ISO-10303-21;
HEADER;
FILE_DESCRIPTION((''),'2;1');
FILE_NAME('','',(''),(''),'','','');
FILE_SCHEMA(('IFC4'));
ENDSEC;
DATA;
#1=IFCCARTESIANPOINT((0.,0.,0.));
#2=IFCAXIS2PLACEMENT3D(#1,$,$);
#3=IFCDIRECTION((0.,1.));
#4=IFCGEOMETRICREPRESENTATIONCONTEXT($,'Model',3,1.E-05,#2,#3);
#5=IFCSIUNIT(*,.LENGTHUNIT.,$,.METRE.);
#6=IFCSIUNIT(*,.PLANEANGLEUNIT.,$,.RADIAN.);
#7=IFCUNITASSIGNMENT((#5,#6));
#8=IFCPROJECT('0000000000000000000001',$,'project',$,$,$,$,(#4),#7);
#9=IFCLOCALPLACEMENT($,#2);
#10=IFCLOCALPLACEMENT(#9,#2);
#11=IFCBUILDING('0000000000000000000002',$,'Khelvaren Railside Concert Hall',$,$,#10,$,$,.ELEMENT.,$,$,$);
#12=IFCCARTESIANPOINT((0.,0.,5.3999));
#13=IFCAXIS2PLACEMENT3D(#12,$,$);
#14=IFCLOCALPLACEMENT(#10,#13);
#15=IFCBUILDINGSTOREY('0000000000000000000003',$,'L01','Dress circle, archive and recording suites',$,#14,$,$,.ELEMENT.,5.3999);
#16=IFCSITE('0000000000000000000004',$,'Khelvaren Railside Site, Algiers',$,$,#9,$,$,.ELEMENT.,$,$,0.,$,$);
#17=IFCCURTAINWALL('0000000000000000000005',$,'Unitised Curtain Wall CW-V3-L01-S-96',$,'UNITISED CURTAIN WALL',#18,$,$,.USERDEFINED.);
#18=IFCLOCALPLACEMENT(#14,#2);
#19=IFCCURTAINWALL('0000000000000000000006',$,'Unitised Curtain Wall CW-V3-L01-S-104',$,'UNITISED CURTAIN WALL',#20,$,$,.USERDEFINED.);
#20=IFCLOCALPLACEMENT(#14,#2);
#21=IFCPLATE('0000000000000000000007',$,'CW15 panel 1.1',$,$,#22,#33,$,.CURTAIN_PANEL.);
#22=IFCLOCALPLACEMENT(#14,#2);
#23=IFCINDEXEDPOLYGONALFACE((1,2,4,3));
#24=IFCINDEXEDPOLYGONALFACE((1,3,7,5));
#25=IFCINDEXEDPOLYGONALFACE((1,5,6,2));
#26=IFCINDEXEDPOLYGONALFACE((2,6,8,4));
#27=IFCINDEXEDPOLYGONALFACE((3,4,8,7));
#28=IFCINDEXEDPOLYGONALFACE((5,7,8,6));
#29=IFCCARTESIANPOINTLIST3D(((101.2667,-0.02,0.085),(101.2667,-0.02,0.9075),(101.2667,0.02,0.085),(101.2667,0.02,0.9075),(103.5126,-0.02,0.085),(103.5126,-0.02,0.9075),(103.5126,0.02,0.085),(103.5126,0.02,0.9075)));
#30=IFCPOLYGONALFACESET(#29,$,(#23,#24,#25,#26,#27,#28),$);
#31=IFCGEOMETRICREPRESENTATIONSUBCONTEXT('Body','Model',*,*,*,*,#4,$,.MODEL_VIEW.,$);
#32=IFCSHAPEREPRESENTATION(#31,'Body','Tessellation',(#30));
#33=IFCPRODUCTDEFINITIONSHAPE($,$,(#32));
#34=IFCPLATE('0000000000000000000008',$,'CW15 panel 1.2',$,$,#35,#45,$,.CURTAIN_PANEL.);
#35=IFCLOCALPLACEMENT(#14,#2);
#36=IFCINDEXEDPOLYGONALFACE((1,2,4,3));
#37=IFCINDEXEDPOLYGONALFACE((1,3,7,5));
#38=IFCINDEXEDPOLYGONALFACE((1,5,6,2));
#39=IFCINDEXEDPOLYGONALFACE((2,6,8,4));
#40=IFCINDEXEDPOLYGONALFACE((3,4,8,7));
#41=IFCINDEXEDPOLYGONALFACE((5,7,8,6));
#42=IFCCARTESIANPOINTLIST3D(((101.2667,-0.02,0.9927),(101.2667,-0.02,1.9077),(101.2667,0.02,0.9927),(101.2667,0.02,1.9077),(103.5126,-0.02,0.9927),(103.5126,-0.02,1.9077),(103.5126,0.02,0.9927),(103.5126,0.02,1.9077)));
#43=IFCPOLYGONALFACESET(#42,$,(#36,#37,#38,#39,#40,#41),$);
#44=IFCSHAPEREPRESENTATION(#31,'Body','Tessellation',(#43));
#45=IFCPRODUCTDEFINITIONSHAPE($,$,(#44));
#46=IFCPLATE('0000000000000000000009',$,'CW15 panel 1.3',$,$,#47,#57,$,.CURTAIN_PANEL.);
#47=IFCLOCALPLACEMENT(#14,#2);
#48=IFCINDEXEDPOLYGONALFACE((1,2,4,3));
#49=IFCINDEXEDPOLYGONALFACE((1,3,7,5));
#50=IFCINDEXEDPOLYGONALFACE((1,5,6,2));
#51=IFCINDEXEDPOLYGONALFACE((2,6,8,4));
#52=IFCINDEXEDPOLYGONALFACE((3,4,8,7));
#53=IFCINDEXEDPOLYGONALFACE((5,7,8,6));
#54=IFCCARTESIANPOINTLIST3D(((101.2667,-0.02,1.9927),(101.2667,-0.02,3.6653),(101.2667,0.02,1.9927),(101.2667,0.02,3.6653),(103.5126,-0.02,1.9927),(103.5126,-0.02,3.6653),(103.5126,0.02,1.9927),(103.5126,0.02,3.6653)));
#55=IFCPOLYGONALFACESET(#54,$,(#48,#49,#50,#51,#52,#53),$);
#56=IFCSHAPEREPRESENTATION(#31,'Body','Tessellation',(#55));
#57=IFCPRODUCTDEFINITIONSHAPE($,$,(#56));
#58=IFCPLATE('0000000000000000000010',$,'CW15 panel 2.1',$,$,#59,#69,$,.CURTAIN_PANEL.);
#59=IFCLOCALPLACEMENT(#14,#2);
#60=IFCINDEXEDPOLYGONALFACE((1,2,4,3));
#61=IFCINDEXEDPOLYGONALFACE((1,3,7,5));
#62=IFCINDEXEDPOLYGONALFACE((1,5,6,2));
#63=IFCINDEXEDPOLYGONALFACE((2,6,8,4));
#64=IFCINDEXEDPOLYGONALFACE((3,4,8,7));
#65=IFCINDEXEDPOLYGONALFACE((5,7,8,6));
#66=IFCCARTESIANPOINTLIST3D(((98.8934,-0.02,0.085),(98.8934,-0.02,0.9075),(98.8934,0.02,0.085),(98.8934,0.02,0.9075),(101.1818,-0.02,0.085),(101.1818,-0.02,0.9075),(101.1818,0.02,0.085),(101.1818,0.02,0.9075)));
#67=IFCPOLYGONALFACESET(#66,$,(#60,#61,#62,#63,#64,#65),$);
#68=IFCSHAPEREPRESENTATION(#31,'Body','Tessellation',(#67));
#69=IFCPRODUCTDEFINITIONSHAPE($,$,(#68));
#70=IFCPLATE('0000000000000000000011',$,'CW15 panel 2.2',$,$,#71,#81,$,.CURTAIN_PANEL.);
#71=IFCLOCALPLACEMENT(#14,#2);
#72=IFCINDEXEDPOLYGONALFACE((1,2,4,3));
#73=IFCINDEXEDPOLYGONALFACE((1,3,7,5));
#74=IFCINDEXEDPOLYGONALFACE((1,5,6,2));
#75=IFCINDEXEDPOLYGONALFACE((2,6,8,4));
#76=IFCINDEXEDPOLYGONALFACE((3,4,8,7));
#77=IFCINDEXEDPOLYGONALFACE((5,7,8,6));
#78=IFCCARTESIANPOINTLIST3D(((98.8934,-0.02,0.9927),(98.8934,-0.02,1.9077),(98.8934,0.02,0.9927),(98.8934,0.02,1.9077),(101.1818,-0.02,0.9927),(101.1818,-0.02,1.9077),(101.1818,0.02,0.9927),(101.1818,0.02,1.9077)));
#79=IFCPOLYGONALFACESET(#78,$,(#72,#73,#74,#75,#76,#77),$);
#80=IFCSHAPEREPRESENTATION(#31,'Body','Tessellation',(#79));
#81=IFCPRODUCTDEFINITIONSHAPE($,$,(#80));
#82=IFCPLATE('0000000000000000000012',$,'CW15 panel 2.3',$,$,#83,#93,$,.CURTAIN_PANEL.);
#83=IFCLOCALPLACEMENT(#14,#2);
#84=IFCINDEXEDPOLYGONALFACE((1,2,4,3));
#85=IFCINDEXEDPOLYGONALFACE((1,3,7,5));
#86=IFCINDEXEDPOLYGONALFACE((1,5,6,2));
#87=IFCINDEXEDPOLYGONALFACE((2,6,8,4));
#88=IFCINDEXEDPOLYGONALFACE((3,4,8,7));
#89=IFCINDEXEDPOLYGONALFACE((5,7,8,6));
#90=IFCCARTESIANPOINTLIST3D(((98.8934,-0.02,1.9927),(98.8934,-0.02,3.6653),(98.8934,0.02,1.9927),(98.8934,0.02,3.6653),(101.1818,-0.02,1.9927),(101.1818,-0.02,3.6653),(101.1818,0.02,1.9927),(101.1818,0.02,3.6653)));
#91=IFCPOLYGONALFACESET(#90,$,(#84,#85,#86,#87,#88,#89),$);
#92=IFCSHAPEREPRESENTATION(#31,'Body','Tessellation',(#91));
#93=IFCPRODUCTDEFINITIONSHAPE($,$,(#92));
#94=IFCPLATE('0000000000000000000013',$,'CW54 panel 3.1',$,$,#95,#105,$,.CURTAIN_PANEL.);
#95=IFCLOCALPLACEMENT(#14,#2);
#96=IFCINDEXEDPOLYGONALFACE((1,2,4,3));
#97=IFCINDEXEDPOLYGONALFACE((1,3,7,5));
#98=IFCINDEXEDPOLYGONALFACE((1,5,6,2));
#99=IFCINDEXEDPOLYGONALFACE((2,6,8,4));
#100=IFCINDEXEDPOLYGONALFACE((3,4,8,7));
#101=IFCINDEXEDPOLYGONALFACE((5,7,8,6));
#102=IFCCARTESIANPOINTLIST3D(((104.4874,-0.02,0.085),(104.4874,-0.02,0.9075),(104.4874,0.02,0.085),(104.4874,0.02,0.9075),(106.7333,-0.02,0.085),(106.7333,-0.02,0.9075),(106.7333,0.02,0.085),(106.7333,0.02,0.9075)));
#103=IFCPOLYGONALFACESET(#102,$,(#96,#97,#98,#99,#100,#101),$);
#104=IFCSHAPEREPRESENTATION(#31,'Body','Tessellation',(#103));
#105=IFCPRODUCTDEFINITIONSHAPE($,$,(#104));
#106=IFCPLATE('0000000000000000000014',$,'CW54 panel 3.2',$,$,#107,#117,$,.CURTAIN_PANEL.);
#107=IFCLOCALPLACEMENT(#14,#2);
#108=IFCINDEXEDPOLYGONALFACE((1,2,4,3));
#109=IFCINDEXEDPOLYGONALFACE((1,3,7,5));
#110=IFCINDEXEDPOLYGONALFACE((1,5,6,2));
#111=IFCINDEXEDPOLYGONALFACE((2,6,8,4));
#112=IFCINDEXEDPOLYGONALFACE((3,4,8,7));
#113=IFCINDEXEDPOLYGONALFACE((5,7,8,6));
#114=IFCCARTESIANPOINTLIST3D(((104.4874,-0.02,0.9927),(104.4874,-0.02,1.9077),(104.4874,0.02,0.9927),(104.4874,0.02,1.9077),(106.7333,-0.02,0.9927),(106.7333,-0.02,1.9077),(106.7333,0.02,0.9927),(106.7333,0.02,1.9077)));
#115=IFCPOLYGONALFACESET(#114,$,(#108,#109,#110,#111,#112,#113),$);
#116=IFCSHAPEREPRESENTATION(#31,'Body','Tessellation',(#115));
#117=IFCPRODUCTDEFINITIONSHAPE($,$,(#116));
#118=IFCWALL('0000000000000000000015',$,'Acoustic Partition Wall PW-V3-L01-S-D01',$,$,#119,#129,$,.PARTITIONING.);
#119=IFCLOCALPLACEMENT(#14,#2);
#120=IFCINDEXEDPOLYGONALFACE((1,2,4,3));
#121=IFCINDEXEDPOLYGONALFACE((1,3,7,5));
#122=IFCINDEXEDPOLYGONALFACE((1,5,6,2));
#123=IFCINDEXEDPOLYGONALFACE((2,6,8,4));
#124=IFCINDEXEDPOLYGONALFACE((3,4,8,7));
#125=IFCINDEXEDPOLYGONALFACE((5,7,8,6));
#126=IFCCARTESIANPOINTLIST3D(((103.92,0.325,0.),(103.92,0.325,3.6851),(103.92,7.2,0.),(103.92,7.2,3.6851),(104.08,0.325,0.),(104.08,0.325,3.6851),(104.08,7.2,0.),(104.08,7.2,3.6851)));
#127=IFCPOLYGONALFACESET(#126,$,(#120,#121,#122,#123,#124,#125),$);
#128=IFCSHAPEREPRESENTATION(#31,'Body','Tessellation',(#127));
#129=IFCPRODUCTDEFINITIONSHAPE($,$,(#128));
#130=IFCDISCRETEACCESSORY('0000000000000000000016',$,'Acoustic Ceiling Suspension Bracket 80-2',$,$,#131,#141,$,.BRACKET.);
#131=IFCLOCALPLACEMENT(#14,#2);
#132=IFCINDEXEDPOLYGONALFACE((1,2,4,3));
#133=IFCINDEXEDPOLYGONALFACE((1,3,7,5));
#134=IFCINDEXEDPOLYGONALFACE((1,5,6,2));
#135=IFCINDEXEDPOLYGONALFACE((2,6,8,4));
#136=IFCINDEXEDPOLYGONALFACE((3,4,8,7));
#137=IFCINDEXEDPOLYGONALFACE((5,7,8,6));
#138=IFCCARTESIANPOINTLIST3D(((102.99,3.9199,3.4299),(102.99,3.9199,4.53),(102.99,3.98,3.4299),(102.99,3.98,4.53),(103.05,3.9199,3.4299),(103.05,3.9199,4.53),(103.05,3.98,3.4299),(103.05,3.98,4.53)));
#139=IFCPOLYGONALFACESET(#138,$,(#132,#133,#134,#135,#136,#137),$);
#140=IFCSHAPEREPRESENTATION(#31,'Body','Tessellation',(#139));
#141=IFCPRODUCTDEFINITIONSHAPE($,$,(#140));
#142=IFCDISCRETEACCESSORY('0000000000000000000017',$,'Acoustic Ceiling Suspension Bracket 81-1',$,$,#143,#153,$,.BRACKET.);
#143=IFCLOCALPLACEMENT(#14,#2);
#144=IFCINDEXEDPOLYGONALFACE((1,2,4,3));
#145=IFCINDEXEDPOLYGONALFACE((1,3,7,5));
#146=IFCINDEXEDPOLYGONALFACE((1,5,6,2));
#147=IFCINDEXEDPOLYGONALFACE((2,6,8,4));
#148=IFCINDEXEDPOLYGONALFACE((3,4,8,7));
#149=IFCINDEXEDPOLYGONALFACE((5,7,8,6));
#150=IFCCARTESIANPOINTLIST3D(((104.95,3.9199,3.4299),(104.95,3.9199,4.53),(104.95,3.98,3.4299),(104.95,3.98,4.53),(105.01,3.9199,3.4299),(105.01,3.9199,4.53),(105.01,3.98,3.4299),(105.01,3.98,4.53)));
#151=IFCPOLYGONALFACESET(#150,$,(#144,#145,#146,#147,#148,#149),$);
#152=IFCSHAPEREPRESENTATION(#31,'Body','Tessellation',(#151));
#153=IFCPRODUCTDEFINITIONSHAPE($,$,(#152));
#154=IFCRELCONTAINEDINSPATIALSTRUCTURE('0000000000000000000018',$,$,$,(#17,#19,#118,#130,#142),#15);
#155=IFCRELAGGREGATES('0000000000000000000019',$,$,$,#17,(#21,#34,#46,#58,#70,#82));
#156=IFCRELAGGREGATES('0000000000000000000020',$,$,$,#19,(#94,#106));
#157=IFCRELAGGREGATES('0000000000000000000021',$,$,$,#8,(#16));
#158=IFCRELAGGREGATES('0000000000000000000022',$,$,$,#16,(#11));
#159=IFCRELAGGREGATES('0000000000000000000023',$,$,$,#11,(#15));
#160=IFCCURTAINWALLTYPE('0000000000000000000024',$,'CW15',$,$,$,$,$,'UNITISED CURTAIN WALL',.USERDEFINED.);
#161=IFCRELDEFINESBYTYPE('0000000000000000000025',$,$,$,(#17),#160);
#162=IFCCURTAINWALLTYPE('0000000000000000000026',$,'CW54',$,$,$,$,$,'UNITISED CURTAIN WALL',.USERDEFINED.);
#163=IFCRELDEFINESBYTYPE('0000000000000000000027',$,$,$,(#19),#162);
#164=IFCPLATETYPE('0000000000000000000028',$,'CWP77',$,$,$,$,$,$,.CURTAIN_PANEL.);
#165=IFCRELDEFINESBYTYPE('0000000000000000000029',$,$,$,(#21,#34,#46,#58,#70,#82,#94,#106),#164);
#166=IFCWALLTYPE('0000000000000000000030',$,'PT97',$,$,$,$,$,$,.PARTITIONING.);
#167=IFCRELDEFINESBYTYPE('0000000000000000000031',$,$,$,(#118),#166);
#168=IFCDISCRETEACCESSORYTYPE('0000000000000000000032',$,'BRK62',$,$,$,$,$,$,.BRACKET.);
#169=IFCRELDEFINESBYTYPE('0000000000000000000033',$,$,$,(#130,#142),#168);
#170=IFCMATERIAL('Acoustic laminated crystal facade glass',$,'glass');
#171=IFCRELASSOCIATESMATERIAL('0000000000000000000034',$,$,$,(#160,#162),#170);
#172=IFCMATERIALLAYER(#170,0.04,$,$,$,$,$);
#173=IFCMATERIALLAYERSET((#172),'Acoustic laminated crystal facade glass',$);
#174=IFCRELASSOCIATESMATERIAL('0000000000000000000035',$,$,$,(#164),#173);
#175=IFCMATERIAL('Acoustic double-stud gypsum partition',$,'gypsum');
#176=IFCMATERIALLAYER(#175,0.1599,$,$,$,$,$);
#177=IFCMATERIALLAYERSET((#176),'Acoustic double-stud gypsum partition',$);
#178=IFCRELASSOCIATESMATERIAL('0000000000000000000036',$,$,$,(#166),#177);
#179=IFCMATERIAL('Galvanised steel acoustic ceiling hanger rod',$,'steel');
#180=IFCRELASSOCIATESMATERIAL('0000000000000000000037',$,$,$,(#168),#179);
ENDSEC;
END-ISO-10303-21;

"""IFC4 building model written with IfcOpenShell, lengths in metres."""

from ifc_helpers import new_model, si_unit, direction, frame, frame_2d, origin, origin_2d, place, context, subcontext, project, spatial, rectangle, extrude, material, layer, layer_set, type_object, element, aggregate, save


model = new_model("IFC4")

# Units and contexts
model_context = context("Model", 3, precision=1e-05, world=origin(), true_north=direction((0.0, 1.0)))
body_context = subcontext(model_context, "Body", "Model", "MODEL_VIEW")
ifc_project = project(units=[si_unit("LENGTHUNIT", "METRE"), si_unit("PLANEANGLEUNIT", "RADIAN")], contexts=[model_context])

# Site, building, storey
site_placement = place(None, origin())
site = spatial("IfcSite", under=ifc_project, at=site_placement, Name="Khelvaren Railside Site, Algiers", CompositionType="ELEMENT", RefElevation=0.0)
building_placement = place(site_placement, origin())
building = spatial("IfcBuilding", under=site, at=building_placement, Name="Khelvaren Railside Concert Hall", CompositionType="ELEMENT")
storey_placement = place(building_placement, frame((0.0, 0.0, 5.3999)))
storey = spatial("IfcBuildingStorey", under=building, at=storey_placement, Name="L01", Description="Dress circle, archive and recording suites", CompositionType="ELEMENT", Elevation=5.3999)

# Curtain wall
ifc_material_1 = material(Name="Acoustic laminated crystal facade glass", Category="glass")
curtain_wall_type_1 = type_object("IfcCurtainWallType", Name="CW15", ElementType="UNITISED CURTAIN WALL", PredefinedType="USERDEFINED", material=ifc_material_1)
curtain_wall_1_placement = place(storey_placement, origin())
curtain_wall_1 = element("IfcCurtainWall", 1, at=curtain_wall_1_placement, inside=storey, type_object=curtain_wall_type_1, Name="Unitised Curtain Wall CW-V3-L01-S-96", ObjectType="UNITISED CURTAIN WALL", PredefinedType="USERDEFINED")

# Curtain wall
curtain_wall_type_2 = type_object("IfcCurtainWallType", Name="CW54", ElementType="UNITISED CURTAIN WALL", PredefinedType="USERDEFINED", material=ifc_material_1)
curtain_wall_2_placement = place(storey_placement, origin())
curtain_wall_2 = element("IfcCurtainWall", 2, at=curtain_wall_2_placement, inside=storey, type_object=curtain_wall_type_2, Name="Unitised Curtain Wall CW-V3-L01-S-104", ObjectType="UNITISED CURTAIN WALL", PredefinedType="USERDEFINED")

# Plates
ifc_layer_1 = layer(ifc_material_1, 0.04)
ifc_layer_set_1 = layer_set([ifc_layer_1], Name="Acoustic laminated crystal facade glass")
plate_type = type_object("IfcPlateType", Name="CWP77", PredefinedType="CURTAIN_PANEL", material=ifc_layer_set_1)
plate_1_placement = place(storey_placement, frame((102.3896, 0.0, 0.085), z_axis=(0.0, 0.0, 1.0), x_axis=(-1.0, 0.0, 0.0)))
plate_1 = element("IfcPlate", 3, at=plate_1_placement, type_object=plate_type, Name="CW15 panel 1.1", PredefinedType="CURTAIN_PANEL", context=body_context, shape_type="SweptSolid", body=[
    extrude(rectangle(XDim=2.2458, YDim=0.04, at=origin_2d()), origin(), (0.0, 0.0, 1.0), 0.8225),
])
plate_2_placement = place(storey_placement, frame((102.3896, 0.0, 0.9927), z_axis=(0.0, 0.0, 1.0), x_axis=(-1.0, 0.0, 0.0)))
plate_2 = element("IfcPlate", 4, at=plate_2_placement, type_object=plate_type, Name="CW15 panel 1.2", PredefinedType="CURTAIN_PANEL", context=body_context, shape_type="SweptSolid", body=[
    extrude(rectangle(XDim=2.2458, YDim=0.04, at=origin_2d()), origin(), (0.0, 0.0, 1.0), 0.915),
])
plate_3_placement = place(storey_placement, frame((102.3896, 0.0, 1.9927), z_axis=(0.0, 0.0, 1.0), x_axis=(-1.0, 0.0, 0.0)))
plate_3 = element("IfcPlate", 5, at=plate_3_placement, type_object=plate_type, Name="CW15 panel 1.3", PredefinedType="CURTAIN_PANEL", context=body_context, shape_type="SweptSolid", body=[
    extrude(rectangle(XDim=2.2458, YDim=0.04, at=origin_2d()), origin(), (0.0, 0.0, 1.0), 1.6726),
])
plate_4_placement = place(storey_placement, frame((100.0376, 0.0, 0.085), z_axis=(0.0, 0.0, 1.0), x_axis=(-1.0, 0.0, 0.0)))
plate_4 = element("IfcPlate", 6, at=plate_4_placement, type_object=plate_type, Name="CW15 panel 2.1", PredefinedType="CURTAIN_PANEL", context=body_context, shape_type="SweptSolid", body=[
    extrude(rectangle(XDim=2.2883, YDim=0.04, at=origin_2d()), origin(), (0.0, 0.0, 1.0), 0.8225),
])
plate_5_placement = place(storey_placement, frame((100.0376, 0.0, 0.9927), z_axis=(0.0, 0.0, 1.0), x_axis=(-1.0, 0.0, 0.0)))
plate_5 = element("IfcPlate", 7, at=plate_5_placement, type_object=plate_type, Name="CW15 panel 2.2", PredefinedType="CURTAIN_PANEL", context=body_context, shape_type="SweptSolid", body=[
    extrude(rectangle(XDim=2.2883, YDim=0.04, at=origin_2d()), origin(), (0.0, 0.0, 1.0), 0.915),
])
plate_6_placement = place(storey_placement, frame((100.0376, 0.0, 1.9927), z_axis=(0.0, 0.0, 1.0), x_axis=(-1.0, 0.0, 0.0)))
plate_6 = element("IfcPlate", 8, at=plate_6_placement, type_object=plate_type, Name="CW15 panel 2.3", PredefinedType="CURTAIN_PANEL", context=body_context, shape_type="SweptSolid", body=[
    extrude(rectangle(XDim=2.2883, YDim=0.04, at=origin_2d()), origin(), (0.0, 0.0, 1.0), 1.6726),
])
aggregate(curtain_wall_1, [plate_1, plate_2, plate_3, plate_4, plate_5, plate_6])
plate_7_placement = place(storey_placement, frame((105.6104, 0.0, 0.085), z_axis=(0.0, 0.0, 1.0), x_axis=(-1.0, 0.0, 0.0)))
plate_7 = element("IfcPlate", 9, at=plate_7_placement, type_object=plate_type, Name="CW54 panel 3.1", PredefinedType="CURTAIN_PANEL", context=body_context, shape_type="SweptSolid", body=[
    extrude(rectangle(XDim=2.2458, YDim=0.04, at=origin_2d()), origin(), (0.0, 0.0, 1.0), 0.8225),
])
plate_8_placement = place(storey_placement, frame((105.6104, 0.0, 0.9927), z_axis=(0.0, 0.0, 1.0), x_axis=(-1.0, 0.0, 0.0)))
plate_8 = element("IfcPlate", 10, at=plate_8_placement, type_object=plate_type, Name="CW54 panel 3.2", PredefinedType="CURTAIN_PANEL", context=body_context, shape_type="SweptSolid", body=[
    extrude(rectangle(XDim=2.2458, YDim=0.04, at=origin_2d()), origin(), (0.0, 0.0, 1.0), 0.915),
])
aggregate(curtain_wall_2, [plate_7, plate_8])

# Wall
ifc_material_2 = material(Name="Acoustic double-stud gypsum partition", Category="gypsum")
ifc_layer_2 = layer(ifc_material_2, 0.1599)
ifc_layer_set_2 = layer_set([ifc_layer_2], Name="Acoustic double-stud gypsum partition")
wall_type = type_object("IfcWallType", Name="PT97", PredefinedType="PARTITIONING", material=ifc_layer_set_2)
wall_placement = place(storey_placement, frame((104.0, 0.325, 0.0), z_axis=(0.0, 0.0, 1.0), x_axis=(0.0, 1.0, 0.0)))
element("IfcWall", 11, at=wall_placement, inside=storey, type_object=wall_type, Name="Acoustic Partition Wall PW-V3-L01-S-D01", PredefinedType="PARTITIONING", context=body_context, shape_type="SweptSolid", body=[
    extrude(rectangle(XDim=6.875, YDim=0.1599, at=frame_2d((3.4375, 0.0))), origin(), (0.0, 0.0, 1.0), 3.6851),
])

# Discrete accessories
ifc_material_3 = material(Name="Galvanised steel acoustic ceiling hanger rod", Category="steel")
discrete_accessory_type = type_object("IfcDiscreteAccessoryType", Name="BRK62", PredefinedType="BRACKET", material=ifc_material_3)
for number, where, z_axis, x_axis, name in (
    (12, (103.02, 3.95, 3.4299), (0.0, 0.0, 1.0), (1.0, 0.0, 0.0), "Acoustic Ceiling Suspension Bracket 80-2"),
    (13, (104.98, 3.95, 3.4299), (0.0, 0.0, 1.0), (1.0, 0.0, 0.0), "Acoustic Ceiling Suspension Bracket 81-1"),
):
    element("IfcDiscreteAccessory", number, at=place(storey_placement, frame(where, z_axis=z_axis, x_axis=x_axis)), inside=storey, type_object=discrete_accessory_type, Name=name, PredefinedType="BRACKET", context=body_context, shape_type="SweptSolid", body=[
        extrude(rectangle(XDim=0.0601, YDim=0.0601, at=origin_2d()), origin(), (0.0, 0.0, 1.0), 1.1001),
    ])

save(model, "model.ifc")
